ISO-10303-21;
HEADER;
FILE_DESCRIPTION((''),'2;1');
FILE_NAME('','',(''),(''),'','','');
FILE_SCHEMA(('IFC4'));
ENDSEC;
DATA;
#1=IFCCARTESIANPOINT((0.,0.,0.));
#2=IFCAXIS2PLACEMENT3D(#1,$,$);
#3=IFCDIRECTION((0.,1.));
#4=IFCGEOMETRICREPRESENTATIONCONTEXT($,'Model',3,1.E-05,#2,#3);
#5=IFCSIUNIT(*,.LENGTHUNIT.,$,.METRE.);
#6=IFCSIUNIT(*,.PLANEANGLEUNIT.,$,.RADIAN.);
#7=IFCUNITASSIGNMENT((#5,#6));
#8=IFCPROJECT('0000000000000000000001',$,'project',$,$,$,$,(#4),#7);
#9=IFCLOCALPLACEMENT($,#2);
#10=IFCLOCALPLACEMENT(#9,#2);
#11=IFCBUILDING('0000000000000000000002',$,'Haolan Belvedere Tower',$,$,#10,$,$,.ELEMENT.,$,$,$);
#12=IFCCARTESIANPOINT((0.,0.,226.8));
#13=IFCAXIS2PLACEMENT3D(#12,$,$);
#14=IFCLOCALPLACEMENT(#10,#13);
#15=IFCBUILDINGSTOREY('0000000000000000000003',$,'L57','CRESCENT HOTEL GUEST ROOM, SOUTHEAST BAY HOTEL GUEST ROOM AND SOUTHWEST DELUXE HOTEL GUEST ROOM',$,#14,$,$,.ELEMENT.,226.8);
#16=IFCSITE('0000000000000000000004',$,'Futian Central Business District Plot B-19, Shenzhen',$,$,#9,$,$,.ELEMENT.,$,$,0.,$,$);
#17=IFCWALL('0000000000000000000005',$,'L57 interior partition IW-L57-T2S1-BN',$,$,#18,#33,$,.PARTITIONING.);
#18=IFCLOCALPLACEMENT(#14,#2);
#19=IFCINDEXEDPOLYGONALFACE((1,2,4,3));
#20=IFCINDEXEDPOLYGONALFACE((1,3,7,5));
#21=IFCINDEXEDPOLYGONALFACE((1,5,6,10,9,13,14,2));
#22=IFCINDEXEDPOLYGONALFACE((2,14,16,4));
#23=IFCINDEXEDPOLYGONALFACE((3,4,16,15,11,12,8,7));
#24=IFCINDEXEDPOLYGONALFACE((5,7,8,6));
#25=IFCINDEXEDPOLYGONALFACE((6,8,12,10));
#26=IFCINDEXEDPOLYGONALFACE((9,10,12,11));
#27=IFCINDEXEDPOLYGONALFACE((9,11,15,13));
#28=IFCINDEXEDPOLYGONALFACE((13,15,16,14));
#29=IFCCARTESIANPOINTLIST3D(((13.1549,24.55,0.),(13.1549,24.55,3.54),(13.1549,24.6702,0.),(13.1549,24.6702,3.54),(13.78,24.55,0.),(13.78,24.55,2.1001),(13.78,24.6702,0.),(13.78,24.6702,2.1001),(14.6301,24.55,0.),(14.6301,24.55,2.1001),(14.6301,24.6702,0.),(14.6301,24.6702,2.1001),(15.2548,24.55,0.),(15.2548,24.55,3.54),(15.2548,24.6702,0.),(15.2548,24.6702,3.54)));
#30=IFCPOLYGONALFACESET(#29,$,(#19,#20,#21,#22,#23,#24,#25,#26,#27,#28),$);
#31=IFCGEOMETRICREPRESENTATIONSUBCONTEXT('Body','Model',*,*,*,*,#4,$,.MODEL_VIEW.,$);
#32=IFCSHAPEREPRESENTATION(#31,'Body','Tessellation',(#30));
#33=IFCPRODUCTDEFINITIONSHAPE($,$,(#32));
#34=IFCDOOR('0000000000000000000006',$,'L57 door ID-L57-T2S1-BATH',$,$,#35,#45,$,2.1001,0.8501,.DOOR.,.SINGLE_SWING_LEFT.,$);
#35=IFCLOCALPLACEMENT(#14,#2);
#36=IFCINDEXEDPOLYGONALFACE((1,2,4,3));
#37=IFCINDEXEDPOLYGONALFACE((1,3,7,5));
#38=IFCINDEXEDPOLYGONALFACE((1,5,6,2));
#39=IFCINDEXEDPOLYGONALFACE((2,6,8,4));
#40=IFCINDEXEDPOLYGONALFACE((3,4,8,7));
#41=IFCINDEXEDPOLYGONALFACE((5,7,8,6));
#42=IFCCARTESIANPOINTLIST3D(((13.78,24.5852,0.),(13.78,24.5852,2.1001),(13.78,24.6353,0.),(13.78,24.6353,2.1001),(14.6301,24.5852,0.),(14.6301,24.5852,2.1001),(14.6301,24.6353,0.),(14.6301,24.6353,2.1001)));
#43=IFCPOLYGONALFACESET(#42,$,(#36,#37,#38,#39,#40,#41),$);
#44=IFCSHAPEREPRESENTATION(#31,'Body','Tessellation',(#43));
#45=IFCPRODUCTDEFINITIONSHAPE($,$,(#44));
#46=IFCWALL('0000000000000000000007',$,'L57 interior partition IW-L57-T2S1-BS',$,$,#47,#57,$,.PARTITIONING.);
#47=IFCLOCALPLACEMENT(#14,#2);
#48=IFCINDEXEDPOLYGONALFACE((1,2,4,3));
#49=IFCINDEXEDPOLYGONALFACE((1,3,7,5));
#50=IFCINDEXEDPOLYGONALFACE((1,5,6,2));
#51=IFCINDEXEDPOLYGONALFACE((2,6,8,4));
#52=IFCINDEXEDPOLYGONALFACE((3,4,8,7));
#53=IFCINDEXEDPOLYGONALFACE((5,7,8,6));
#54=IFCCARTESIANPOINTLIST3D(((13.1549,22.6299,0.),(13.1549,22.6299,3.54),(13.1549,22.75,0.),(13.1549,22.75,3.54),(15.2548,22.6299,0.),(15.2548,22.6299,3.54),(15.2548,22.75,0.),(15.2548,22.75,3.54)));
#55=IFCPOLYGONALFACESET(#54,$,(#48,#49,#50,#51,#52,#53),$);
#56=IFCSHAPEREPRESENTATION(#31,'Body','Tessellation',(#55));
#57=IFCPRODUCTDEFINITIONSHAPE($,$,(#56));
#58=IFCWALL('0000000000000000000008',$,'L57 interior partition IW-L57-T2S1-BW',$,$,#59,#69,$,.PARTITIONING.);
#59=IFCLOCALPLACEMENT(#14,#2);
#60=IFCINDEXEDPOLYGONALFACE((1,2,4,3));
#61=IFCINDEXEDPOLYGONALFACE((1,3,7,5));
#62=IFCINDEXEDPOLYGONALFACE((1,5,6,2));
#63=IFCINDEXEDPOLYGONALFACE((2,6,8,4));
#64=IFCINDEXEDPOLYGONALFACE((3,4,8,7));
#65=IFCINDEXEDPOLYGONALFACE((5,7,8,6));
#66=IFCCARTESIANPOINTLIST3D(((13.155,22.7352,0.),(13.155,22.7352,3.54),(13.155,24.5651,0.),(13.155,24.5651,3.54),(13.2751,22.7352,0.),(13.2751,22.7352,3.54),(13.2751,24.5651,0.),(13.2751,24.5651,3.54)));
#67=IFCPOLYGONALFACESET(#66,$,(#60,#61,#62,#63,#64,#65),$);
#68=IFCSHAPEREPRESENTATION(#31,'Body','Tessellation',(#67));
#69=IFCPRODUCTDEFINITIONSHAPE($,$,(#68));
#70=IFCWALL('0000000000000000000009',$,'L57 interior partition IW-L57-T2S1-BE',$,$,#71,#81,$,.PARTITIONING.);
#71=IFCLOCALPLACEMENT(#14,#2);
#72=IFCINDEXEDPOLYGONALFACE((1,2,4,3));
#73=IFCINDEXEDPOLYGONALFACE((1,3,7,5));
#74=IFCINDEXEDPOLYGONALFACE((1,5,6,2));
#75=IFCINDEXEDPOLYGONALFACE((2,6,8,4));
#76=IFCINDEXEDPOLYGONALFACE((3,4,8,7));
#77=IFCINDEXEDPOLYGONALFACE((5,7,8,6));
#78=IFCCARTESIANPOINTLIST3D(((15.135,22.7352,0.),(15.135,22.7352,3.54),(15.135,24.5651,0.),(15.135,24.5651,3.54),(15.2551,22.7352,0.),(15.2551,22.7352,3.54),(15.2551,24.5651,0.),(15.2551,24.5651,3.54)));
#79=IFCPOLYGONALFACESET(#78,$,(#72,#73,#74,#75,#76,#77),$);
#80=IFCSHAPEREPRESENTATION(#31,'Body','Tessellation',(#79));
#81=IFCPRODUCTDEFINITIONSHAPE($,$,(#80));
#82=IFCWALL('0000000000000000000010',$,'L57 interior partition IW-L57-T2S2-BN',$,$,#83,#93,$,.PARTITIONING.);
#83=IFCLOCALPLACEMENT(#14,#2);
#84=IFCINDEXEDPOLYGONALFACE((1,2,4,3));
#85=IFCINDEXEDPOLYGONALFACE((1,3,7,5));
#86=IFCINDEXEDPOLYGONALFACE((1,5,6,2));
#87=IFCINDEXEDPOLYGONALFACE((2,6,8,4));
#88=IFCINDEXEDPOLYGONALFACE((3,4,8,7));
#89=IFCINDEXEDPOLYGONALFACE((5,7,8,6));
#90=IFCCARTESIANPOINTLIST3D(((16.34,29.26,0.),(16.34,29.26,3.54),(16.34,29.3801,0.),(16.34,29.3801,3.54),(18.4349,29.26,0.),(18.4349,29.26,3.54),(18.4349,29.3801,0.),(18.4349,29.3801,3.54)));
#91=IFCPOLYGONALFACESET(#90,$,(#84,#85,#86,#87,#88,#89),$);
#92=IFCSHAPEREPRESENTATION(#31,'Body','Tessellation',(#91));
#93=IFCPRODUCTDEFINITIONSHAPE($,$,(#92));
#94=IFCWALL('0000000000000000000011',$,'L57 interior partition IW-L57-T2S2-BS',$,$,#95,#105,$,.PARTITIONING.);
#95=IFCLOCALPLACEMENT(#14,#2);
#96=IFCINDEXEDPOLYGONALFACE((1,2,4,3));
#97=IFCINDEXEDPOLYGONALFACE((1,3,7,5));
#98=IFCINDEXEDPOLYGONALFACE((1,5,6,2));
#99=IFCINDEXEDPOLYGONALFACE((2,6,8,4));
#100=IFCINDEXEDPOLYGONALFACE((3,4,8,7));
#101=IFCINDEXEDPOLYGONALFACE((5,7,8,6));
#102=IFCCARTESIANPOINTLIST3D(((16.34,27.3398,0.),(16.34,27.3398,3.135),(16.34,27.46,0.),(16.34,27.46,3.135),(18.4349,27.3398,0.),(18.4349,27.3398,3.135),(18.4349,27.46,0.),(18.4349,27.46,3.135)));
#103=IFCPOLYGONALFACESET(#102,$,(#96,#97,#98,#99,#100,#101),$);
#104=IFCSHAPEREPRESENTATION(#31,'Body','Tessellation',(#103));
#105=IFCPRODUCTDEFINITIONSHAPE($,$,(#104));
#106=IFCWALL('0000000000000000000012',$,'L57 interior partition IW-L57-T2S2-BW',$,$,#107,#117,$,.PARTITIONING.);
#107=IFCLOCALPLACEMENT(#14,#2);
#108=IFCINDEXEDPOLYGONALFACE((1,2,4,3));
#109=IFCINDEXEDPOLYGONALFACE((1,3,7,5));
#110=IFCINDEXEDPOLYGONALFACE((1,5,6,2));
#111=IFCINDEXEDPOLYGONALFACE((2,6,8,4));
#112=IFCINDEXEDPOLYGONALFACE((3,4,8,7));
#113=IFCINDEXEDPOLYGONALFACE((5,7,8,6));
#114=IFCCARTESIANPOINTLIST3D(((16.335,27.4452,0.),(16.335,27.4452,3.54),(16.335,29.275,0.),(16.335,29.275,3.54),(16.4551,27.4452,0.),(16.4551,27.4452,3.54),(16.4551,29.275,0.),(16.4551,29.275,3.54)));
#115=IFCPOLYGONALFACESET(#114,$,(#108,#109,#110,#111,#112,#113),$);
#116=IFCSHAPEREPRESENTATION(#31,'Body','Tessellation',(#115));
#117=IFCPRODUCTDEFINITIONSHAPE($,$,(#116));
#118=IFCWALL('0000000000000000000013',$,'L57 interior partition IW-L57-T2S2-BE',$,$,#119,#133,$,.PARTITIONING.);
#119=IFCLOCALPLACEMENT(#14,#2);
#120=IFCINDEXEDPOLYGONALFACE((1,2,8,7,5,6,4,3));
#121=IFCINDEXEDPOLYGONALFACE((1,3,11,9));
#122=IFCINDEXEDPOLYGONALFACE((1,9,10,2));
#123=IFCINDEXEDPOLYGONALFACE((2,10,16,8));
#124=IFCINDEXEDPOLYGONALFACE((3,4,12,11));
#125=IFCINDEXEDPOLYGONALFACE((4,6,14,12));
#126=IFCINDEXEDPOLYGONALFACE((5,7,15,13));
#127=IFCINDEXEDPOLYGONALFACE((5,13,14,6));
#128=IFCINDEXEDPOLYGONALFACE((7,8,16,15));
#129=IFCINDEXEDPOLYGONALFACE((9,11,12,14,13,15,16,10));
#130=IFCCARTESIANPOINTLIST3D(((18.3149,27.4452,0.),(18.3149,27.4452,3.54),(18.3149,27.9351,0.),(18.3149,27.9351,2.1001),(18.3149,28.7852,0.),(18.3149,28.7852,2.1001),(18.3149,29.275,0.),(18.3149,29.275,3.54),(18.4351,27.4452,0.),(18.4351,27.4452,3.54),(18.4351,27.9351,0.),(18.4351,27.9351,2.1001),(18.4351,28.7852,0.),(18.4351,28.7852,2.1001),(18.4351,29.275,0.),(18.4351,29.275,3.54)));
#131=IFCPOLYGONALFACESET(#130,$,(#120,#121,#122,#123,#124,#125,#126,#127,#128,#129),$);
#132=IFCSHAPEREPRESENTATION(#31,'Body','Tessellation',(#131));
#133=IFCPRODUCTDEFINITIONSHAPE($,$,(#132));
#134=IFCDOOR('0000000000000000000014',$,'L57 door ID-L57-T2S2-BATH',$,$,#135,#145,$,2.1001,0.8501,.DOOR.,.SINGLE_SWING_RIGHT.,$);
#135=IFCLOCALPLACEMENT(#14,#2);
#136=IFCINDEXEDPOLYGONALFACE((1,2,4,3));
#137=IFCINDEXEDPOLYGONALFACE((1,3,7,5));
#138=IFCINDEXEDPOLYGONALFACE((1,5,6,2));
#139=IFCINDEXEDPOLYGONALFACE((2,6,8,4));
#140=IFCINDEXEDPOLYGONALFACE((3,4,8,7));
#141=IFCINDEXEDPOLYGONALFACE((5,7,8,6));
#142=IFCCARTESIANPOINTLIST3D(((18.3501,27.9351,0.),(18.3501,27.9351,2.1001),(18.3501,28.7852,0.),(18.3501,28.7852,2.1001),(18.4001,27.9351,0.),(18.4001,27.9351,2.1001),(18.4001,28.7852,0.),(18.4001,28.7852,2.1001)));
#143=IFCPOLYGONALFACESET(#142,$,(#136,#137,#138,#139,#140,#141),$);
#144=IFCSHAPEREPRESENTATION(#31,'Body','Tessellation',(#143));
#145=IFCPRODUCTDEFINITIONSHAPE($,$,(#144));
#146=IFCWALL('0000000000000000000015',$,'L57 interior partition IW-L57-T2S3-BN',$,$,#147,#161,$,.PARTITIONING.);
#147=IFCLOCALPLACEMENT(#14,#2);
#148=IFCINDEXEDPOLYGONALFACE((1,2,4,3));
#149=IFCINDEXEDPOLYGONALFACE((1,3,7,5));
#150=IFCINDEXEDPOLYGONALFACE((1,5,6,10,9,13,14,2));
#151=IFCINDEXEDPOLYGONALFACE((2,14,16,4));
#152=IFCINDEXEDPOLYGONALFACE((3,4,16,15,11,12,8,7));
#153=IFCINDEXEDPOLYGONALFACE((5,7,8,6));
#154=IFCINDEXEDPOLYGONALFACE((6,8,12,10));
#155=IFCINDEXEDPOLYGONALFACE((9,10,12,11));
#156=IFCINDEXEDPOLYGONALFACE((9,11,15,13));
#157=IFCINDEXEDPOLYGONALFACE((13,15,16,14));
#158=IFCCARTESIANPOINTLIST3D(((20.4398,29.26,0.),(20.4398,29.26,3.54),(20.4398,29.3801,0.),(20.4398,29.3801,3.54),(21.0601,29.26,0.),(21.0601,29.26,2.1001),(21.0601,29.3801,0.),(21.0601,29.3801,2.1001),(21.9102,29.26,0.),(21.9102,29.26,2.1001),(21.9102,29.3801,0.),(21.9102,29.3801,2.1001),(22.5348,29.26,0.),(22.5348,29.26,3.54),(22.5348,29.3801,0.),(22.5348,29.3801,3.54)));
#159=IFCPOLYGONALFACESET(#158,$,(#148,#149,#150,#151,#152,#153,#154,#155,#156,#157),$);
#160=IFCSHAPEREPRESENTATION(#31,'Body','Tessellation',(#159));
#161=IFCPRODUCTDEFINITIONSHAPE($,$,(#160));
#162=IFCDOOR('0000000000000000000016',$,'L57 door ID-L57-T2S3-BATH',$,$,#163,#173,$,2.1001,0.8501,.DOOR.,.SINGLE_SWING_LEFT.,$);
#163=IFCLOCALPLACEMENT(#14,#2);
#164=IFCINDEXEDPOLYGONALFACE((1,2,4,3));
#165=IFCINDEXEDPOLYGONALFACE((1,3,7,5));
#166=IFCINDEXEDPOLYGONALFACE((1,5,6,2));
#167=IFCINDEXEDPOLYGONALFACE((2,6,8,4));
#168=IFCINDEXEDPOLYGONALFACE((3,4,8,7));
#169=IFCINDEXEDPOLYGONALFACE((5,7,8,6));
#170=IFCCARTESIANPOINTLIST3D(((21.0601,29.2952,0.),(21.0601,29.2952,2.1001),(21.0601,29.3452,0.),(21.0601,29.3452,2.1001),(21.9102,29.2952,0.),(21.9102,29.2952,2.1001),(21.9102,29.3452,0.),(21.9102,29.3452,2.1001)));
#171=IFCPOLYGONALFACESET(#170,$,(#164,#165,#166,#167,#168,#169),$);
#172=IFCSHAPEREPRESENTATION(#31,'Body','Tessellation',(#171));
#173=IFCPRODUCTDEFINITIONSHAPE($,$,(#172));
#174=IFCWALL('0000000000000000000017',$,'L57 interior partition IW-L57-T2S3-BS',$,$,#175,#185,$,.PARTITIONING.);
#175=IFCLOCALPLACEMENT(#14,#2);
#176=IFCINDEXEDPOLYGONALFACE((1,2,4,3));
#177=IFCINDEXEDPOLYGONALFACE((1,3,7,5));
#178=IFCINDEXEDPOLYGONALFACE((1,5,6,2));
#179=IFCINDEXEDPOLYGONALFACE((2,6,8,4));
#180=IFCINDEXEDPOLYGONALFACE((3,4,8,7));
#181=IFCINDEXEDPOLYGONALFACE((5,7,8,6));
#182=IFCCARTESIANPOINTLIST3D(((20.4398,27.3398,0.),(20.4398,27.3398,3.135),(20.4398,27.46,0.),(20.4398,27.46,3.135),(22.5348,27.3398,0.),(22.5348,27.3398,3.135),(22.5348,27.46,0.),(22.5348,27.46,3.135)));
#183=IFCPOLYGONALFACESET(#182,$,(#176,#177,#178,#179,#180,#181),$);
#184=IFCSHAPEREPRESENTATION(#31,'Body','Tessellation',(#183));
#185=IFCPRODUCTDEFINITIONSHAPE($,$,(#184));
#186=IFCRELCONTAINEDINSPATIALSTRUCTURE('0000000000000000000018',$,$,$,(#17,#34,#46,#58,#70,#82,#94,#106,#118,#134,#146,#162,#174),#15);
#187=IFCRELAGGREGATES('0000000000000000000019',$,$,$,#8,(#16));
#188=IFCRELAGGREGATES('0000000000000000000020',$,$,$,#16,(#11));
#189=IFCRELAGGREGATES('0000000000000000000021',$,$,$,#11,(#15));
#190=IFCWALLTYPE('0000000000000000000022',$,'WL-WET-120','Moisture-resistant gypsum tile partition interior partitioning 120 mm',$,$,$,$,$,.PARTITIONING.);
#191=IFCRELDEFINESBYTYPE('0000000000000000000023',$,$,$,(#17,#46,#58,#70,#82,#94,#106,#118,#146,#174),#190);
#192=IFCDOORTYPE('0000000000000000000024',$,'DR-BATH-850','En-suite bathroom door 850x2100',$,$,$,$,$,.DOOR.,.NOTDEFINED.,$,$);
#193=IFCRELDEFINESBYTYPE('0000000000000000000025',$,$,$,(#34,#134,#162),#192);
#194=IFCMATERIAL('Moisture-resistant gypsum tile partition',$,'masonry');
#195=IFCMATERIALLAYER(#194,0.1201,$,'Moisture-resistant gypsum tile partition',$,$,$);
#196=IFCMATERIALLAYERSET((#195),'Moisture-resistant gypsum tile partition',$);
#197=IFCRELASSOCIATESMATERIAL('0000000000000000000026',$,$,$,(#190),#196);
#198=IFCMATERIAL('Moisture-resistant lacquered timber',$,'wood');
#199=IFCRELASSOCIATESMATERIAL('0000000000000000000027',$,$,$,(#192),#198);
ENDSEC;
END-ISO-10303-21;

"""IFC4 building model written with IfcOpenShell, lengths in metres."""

from ifc_helpers import new_model, si_unit, direction, frame, frame_2d, origin, place, context, subcontext, project, spatial, rectangle, extrude, material, layer, layer_set, type_object, element, fill, save


model = new_model("IFC4")

# Units and contexts
model_context = context("Model", 3, precision=1e-05, world=origin(), true_north=direction((0.0, 1.0)))
body_context = subcontext(model_context, "Body", "Model", "MODEL_VIEW")
ifc_project = project(units=[si_unit("LENGTHUNIT", "METRE"), si_unit("PLANEANGLEUNIT", "RADIAN")], contexts=[model_context])

# Site, building, storey
site_placement = place(None, origin())
site = spatial("IfcSite", under=ifc_project, at=site_placement, Name="Futian Central Business District Plot B-19, Shenzhen", CompositionType="ELEMENT", RefElevation=0.0)
building_placement = place(site_placement, origin())
building = spatial("IfcBuilding", under=site, at=building_placement, Name="Haolan Belvedere Tower", CompositionType="ELEMENT")
storey_placement = place(building_placement, frame((0.0, 0.0, 226.8)))
storey = spatial("IfcBuildingStorey", under=building, at=storey_placement, Name="L57", Description="CRESCENT HOTEL GUEST ROOM, SOUTHEAST BAY HOTEL GUEST ROOM AND SOUTHWEST DELUXE HOTEL GUEST ROOM", CompositionType="ELEMENT", Elevation=226.8)

# Wall, opening, door
ifc_material_1 = material(Name="Moisture-resistant gypsum tile partition", Category="masonry")
ifc_layer_1 = layer(ifc_material_1, 0.1201, Name="Moisture-resistant gypsum tile partition")
ifc_layer_set_1 = layer_set([ifc_layer_1], Name="Moisture-resistant gypsum tile partition")
wall_type_1 = type_object("IfcWallType", Name="WL-WET-120", Description="Moisture-resistant gypsum tile partition interior partitioning 120 mm", PredefinedType="PARTITIONING", material=ifc_layer_set_1)
wall_1_placement = place(storey_placement, frame((13.155, 24.6101, 0.0), z_axis=(0.0, 0.0, 1.0), x_axis=(1.0, 0.0, 0.0)))
wall_1 = element("IfcWall", 1, at=wall_1_placement, inside=storey, type_object=wall_type_1, Name="L57 interior partition IW-L57-T2S1-BN", PredefinedType="PARTITIONING", context=body_context, shape_type="SweptSolid", body=[
    extrude(rectangle(XDim=2.0999, YDim=0.1201, at=frame_2d((1.0498, 0.0))), origin(), (0.0, 0.0, 1.0), 3.54),
])
opening_1_placement = place(wall_1_placement, frame((1.4751, 0.0, 0.0), z_axis=(0.0, 0.0, 1.0), x_axis=(-1.0, 0.0, 0.0)))
opening_1 = element("IfcOpeningElement", 2, at=opening_1_placement, cuts=wall_1, PredefinedType="OPENING", context=body_context, shape_type="SweptSolid", body=[
    extrude(rectangle(XDim=0.8501, YDim=2.1001, at=frame_2d((0.425, 1.05))), frame((0.0, 0.0701, 0.0), z_axis=(0.0, -1.0, 0.0), x_axis=(1.0, 0.0, 0.0)), (0.0, 0.0, 1.0), 0.1401),
])
ifc_material_2 = material(Name="Moisture-resistant lacquered timber", Category="wood")
door_type_1 = type_object("IfcDoorType", Name="DR-BATH-850", Description="En-suite bathroom door 850x2100", OperationType="NOTDEFINED", PredefinedType="DOOR", material=ifc_material_2)
door_1_placement = place(opening_1_placement, origin())
door_1 = element("IfcDoor", 3, at=door_1_placement, inside=storey, type_object=door_type_1, Name="L57 door ID-L57-T2S1-BATH", OperationType="SINGLE_SWING_LEFT", OverallHeight=2.1001, OverallWidth=0.8501, PredefinedType="DOOR", context=body_context, shape_type="SweptSolid", body=[
    extrude(rectangle(XDim=0.8501, YDim=2.1001, at=frame_2d((0.425, 1.05))), frame((0.0, 0.0249, 0.0), z_axis=(0.0, -1.0, 0.0), x_axis=(1.0, 0.0, 0.0)), (0.0, 0.0, 1.0), 0.05),
])
fill(opening_1, door_1)

# Walls
wall_2_placement = place(storey_placement, frame((13.155, 22.6899, 0.0), z_axis=(0.0, 0.0, 1.0), x_axis=(1.0, 0.0, 0.0)))
element("IfcWall", 4, at=wall_2_placement, inside=storey, type_object=wall_type_1, Name="L57 interior partition IW-L57-T2S1-BS", PredefinedType="PARTITIONING", context=body_context, shape_type="SweptSolid", body=[
    extrude(rectangle(XDim=2.0999, YDim=0.1201, at=frame_2d((1.0498, 0.0))), origin(), (0.0, 0.0, 1.0), 3.54),
])
for number, where, z_axis, x_axis, name in (
    (5, (13.2151, 22.7351, 0.0), (0.0, 0.0, 1.0), (0.0, 1.0, 0.0), "L57 interior partition IW-L57-T2S1-BW"),
    (6, (15.1951, 22.7351, 0.0), (0.0, 0.0, 1.0), (0.0, 1.0, 0.0), "L57 interior partition IW-L57-T2S1-BE"),
):
    element("IfcWall", number, at=place(storey_placement, frame(where, z_axis=z_axis, x_axis=x_axis)), inside=storey, type_object=wall_type_1, Name=name, PredefinedType="PARTITIONING", context=body_context, shape_type="SweptSolid", body=[
        extrude(rectangle(XDim=1.8298, YDim=0.1201, at=frame_2d((0.915, 0.0))), origin(), (0.0, 0.0, 1.0), 3.54),
    ])
wall_3_placement = place(storey_placement, frame((16.3401, 29.3201, 0.0), z_axis=(0.0, 0.0, 1.0), x_axis=(1.0, 0.0, 0.0)))
element("IfcWall", 7, at=wall_3_placement, inside=storey, type_object=wall_type_1, Name="L57 interior partition IW-L57-T2S2-BN", PredefinedType="PARTITIONING", context=body_context, shape_type="SweptSolid", body=[
    extrude(rectangle(XDim=2.095, YDim=0.1201, at=frame_2d((1.0474, 0.0))), origin(), (0.0, 0.0, 1.0), 3.54),
])
wall_4_placement = place(storey_placement, frame((16.3401, 27.3999, 0.0), z_axis=(0.0, 0.0, 1.0), x_axis=(1.0, 0.0, 0.0)))
element("IfcWall", 8, at=wall_4_placement, inside=storey, type_object=wall_type_1, Name="L57 interior partition IW-L57-T2S2-BS", PredefinedType="PARTITIONING", context=body_context, shape_type="SweptSolid", body=[
    extrude(rectangle(XDim=2.095, YDim=0.1201, at=frame_2d((1.0474, 0.0))), origin(), (0.0, 0.0, 1.0), 3.135),
])
wall_5_placement = place(storey_placement, frame((16.395, 27.4451, 0.0), z_axis=(0.0, 0.0, 1.0), x_axis=(0.0, 1.0, 0.0)))
element("IfcWall", 9, at=wall_5_placement, inside=storey, type_object=wall_type_1, Name="L57 interior partition IW-L57-T2S2-BW", PredefinedType="PARTITIONING", context=body_context, shape_type="SweptSolid", body=[
    extrude(rectangle(XDim=1.8298, YDim=0.1201, at=frame_2d((0.915, 0.0))), origin(), (0.0, 0.0, 1.0), 3.54),
])

# Walls, openings, doors
wall_6_placement = place(storey_placement, frame((18.375, 27.4451, 0.0), z_axis=(0.0, 0.0, 1.0), x_axis=(0.0, 1.0, 0.0)))
wall_6 = element("IfcWall", 10, at=wall_6_placement, inside=storey, type_object=wall_type_1, Name="L57 interior partition IW-L57-T2S2-BE", PredefinedType="PARTITIONING", context=body_context, shape_type="SweptSolid", body=[
    extrude(rectangle(XDim=1.8298, YDim=0.1201, at=frame_2d((0.915, 0.0))), origin(), (0.0, 0.0, 1.0), 3.54),
])
opening_2_placement = place(wall_6_placement, frame((0.49, 0.0, 0.0)))
opening_2 = element("IfcOpeningElement", 11, at=opening_2_placement, cuts=wall_6, PredefinedType="OPENING", context=body_context, shape_type="SweptSolid", body=[
    extrude(rectangle(XDim=0.8501, YDim=2.1001, at=frame_2d((0.425, 1.05))), frame((0.0, 0.0701, 0.0), z_axis=(0.0, -1.0, 0.0), x_axis=(1.0, 0.0, 0.0)), (0.0, 0.0, 1.0), 0.1401),
])
door_2_placement = place(opening_2_placement, origin())
door_2 = element("IfcDoor", 12, at=door_2_placement, inside=storey, type_object=door_type_1, Name="L57 door ID-L57-T2S2-BATH", OperationType="SINGLE_SWING_RIGHT", OverallHeight=2.1001, OverallWidth=0.8501, PredefinedType="DOOR", context=body_context, shape_type="SweptSolid", body=[
    extrude(rectangle(XDim=0.8501, YDim=2.1001, at=frame_2d((0.425, 1.05))), frame((0.0, 0.0249, 0.0), z_axis=(0.0, -1.0, 0.0), x_axis=(1.0, 0.0, 0.0)), (0.0, 0.0, 1.0), 0.05),
])
fill(opening_2, door_2)
wall_7_placement = place(storey_placement, frame((20.4399, 29.3201, 0.0), z_axis=(0.0, 0.0, 1.0), x_axis=(1.0, 0.0, 0.0)))
wall_7 = element("IfcWall", 13, at=wall_7_placement, inside=storey, type_object=wall_type_1, Name="L57 interior partition IW-L57-T2S3-BN", PredefinedType="PARTITIONING", context=body_context, shape_type="SweptSolid", body=[
    extrude(rectangle(XDim=2.095, YDim=0.1201, at=frame_2d((1.0474, 0.0))), origin(), (0.0, 0.0, 1.0), 3.54),
])
opening_3_placement = place(wall_7_placement, frame((1.4702, 0.0, 0.0), z_axis=(0.0, 0.0, 1.0), x_axis=(-1.0, 0.0, 0.0)))
opening_3 = element("IfcOpeningElement", 14, at=opening_3_placement, cuts=wall_7, PredefinedType="OPENING", context=body_context, shape_type="SweptSolid", body=[
    extrude(rectangle(XDim=0.8501, YDim=2.1001, at=frame_2d((0.425, 1.05))), frame((0.0, 0.0701, 0.0), z_axis=(0.0, -1.0, 0.0), x_axis=(1.0, 0.0, 0.0)), (0.0, 0.0, 1.0), 0.1401),
])
door_3_placement = place(opening_3_placement, origin())
door_3 = element("IfcDoor", 15, at=door_3_placement, inside=storey, type_object=door_type_1, Name="L57 door ID-L57-T2S3-BATH", OperationType="SINGLE_SWING_LEFT", OverallHeight=2.1001, OverallWidth=0.8501, PredefinedType="DOOR", context=body_context, shape_type="SweptSolid", body=[
    extrude(rectangle(XDim=0.8501, YDim=2.1001, at=frame_2d((0.425, 1.05))), frame((0.0, 0.0249, 0.0), z_axis=(0.0, -1.0, 0.0), x_axis=(1.0, 0.0, 0.0)), (0.0, 0.0, 1.0), 0.05),
])
fill(opening_3, door_3)

# Wall
wall_8_placement = place(storey_placement, frame((20.4399, 27.3999, 0.0), z_axis=(0.0, 0.0, 1.0), x_axis=(1.0, 0.0, 0.0)))
element("IfcWall", 16, at=wall_8_placement, inside=storey, type_object=wall_type_1, Name="L57 interior partition IW-L57-T2S3-BS", PredefinedType="PARTITIONING", context=body_context, shape_type="SweptSolid", body=[
    extrude(rectangle(XDim=2.095, YDim=0.1201, at=frame_2d((1.0474, 0.0))), origin(), (0.0, 0.0, 1.0), 3.135),
])

save(model, "model.ifc")
